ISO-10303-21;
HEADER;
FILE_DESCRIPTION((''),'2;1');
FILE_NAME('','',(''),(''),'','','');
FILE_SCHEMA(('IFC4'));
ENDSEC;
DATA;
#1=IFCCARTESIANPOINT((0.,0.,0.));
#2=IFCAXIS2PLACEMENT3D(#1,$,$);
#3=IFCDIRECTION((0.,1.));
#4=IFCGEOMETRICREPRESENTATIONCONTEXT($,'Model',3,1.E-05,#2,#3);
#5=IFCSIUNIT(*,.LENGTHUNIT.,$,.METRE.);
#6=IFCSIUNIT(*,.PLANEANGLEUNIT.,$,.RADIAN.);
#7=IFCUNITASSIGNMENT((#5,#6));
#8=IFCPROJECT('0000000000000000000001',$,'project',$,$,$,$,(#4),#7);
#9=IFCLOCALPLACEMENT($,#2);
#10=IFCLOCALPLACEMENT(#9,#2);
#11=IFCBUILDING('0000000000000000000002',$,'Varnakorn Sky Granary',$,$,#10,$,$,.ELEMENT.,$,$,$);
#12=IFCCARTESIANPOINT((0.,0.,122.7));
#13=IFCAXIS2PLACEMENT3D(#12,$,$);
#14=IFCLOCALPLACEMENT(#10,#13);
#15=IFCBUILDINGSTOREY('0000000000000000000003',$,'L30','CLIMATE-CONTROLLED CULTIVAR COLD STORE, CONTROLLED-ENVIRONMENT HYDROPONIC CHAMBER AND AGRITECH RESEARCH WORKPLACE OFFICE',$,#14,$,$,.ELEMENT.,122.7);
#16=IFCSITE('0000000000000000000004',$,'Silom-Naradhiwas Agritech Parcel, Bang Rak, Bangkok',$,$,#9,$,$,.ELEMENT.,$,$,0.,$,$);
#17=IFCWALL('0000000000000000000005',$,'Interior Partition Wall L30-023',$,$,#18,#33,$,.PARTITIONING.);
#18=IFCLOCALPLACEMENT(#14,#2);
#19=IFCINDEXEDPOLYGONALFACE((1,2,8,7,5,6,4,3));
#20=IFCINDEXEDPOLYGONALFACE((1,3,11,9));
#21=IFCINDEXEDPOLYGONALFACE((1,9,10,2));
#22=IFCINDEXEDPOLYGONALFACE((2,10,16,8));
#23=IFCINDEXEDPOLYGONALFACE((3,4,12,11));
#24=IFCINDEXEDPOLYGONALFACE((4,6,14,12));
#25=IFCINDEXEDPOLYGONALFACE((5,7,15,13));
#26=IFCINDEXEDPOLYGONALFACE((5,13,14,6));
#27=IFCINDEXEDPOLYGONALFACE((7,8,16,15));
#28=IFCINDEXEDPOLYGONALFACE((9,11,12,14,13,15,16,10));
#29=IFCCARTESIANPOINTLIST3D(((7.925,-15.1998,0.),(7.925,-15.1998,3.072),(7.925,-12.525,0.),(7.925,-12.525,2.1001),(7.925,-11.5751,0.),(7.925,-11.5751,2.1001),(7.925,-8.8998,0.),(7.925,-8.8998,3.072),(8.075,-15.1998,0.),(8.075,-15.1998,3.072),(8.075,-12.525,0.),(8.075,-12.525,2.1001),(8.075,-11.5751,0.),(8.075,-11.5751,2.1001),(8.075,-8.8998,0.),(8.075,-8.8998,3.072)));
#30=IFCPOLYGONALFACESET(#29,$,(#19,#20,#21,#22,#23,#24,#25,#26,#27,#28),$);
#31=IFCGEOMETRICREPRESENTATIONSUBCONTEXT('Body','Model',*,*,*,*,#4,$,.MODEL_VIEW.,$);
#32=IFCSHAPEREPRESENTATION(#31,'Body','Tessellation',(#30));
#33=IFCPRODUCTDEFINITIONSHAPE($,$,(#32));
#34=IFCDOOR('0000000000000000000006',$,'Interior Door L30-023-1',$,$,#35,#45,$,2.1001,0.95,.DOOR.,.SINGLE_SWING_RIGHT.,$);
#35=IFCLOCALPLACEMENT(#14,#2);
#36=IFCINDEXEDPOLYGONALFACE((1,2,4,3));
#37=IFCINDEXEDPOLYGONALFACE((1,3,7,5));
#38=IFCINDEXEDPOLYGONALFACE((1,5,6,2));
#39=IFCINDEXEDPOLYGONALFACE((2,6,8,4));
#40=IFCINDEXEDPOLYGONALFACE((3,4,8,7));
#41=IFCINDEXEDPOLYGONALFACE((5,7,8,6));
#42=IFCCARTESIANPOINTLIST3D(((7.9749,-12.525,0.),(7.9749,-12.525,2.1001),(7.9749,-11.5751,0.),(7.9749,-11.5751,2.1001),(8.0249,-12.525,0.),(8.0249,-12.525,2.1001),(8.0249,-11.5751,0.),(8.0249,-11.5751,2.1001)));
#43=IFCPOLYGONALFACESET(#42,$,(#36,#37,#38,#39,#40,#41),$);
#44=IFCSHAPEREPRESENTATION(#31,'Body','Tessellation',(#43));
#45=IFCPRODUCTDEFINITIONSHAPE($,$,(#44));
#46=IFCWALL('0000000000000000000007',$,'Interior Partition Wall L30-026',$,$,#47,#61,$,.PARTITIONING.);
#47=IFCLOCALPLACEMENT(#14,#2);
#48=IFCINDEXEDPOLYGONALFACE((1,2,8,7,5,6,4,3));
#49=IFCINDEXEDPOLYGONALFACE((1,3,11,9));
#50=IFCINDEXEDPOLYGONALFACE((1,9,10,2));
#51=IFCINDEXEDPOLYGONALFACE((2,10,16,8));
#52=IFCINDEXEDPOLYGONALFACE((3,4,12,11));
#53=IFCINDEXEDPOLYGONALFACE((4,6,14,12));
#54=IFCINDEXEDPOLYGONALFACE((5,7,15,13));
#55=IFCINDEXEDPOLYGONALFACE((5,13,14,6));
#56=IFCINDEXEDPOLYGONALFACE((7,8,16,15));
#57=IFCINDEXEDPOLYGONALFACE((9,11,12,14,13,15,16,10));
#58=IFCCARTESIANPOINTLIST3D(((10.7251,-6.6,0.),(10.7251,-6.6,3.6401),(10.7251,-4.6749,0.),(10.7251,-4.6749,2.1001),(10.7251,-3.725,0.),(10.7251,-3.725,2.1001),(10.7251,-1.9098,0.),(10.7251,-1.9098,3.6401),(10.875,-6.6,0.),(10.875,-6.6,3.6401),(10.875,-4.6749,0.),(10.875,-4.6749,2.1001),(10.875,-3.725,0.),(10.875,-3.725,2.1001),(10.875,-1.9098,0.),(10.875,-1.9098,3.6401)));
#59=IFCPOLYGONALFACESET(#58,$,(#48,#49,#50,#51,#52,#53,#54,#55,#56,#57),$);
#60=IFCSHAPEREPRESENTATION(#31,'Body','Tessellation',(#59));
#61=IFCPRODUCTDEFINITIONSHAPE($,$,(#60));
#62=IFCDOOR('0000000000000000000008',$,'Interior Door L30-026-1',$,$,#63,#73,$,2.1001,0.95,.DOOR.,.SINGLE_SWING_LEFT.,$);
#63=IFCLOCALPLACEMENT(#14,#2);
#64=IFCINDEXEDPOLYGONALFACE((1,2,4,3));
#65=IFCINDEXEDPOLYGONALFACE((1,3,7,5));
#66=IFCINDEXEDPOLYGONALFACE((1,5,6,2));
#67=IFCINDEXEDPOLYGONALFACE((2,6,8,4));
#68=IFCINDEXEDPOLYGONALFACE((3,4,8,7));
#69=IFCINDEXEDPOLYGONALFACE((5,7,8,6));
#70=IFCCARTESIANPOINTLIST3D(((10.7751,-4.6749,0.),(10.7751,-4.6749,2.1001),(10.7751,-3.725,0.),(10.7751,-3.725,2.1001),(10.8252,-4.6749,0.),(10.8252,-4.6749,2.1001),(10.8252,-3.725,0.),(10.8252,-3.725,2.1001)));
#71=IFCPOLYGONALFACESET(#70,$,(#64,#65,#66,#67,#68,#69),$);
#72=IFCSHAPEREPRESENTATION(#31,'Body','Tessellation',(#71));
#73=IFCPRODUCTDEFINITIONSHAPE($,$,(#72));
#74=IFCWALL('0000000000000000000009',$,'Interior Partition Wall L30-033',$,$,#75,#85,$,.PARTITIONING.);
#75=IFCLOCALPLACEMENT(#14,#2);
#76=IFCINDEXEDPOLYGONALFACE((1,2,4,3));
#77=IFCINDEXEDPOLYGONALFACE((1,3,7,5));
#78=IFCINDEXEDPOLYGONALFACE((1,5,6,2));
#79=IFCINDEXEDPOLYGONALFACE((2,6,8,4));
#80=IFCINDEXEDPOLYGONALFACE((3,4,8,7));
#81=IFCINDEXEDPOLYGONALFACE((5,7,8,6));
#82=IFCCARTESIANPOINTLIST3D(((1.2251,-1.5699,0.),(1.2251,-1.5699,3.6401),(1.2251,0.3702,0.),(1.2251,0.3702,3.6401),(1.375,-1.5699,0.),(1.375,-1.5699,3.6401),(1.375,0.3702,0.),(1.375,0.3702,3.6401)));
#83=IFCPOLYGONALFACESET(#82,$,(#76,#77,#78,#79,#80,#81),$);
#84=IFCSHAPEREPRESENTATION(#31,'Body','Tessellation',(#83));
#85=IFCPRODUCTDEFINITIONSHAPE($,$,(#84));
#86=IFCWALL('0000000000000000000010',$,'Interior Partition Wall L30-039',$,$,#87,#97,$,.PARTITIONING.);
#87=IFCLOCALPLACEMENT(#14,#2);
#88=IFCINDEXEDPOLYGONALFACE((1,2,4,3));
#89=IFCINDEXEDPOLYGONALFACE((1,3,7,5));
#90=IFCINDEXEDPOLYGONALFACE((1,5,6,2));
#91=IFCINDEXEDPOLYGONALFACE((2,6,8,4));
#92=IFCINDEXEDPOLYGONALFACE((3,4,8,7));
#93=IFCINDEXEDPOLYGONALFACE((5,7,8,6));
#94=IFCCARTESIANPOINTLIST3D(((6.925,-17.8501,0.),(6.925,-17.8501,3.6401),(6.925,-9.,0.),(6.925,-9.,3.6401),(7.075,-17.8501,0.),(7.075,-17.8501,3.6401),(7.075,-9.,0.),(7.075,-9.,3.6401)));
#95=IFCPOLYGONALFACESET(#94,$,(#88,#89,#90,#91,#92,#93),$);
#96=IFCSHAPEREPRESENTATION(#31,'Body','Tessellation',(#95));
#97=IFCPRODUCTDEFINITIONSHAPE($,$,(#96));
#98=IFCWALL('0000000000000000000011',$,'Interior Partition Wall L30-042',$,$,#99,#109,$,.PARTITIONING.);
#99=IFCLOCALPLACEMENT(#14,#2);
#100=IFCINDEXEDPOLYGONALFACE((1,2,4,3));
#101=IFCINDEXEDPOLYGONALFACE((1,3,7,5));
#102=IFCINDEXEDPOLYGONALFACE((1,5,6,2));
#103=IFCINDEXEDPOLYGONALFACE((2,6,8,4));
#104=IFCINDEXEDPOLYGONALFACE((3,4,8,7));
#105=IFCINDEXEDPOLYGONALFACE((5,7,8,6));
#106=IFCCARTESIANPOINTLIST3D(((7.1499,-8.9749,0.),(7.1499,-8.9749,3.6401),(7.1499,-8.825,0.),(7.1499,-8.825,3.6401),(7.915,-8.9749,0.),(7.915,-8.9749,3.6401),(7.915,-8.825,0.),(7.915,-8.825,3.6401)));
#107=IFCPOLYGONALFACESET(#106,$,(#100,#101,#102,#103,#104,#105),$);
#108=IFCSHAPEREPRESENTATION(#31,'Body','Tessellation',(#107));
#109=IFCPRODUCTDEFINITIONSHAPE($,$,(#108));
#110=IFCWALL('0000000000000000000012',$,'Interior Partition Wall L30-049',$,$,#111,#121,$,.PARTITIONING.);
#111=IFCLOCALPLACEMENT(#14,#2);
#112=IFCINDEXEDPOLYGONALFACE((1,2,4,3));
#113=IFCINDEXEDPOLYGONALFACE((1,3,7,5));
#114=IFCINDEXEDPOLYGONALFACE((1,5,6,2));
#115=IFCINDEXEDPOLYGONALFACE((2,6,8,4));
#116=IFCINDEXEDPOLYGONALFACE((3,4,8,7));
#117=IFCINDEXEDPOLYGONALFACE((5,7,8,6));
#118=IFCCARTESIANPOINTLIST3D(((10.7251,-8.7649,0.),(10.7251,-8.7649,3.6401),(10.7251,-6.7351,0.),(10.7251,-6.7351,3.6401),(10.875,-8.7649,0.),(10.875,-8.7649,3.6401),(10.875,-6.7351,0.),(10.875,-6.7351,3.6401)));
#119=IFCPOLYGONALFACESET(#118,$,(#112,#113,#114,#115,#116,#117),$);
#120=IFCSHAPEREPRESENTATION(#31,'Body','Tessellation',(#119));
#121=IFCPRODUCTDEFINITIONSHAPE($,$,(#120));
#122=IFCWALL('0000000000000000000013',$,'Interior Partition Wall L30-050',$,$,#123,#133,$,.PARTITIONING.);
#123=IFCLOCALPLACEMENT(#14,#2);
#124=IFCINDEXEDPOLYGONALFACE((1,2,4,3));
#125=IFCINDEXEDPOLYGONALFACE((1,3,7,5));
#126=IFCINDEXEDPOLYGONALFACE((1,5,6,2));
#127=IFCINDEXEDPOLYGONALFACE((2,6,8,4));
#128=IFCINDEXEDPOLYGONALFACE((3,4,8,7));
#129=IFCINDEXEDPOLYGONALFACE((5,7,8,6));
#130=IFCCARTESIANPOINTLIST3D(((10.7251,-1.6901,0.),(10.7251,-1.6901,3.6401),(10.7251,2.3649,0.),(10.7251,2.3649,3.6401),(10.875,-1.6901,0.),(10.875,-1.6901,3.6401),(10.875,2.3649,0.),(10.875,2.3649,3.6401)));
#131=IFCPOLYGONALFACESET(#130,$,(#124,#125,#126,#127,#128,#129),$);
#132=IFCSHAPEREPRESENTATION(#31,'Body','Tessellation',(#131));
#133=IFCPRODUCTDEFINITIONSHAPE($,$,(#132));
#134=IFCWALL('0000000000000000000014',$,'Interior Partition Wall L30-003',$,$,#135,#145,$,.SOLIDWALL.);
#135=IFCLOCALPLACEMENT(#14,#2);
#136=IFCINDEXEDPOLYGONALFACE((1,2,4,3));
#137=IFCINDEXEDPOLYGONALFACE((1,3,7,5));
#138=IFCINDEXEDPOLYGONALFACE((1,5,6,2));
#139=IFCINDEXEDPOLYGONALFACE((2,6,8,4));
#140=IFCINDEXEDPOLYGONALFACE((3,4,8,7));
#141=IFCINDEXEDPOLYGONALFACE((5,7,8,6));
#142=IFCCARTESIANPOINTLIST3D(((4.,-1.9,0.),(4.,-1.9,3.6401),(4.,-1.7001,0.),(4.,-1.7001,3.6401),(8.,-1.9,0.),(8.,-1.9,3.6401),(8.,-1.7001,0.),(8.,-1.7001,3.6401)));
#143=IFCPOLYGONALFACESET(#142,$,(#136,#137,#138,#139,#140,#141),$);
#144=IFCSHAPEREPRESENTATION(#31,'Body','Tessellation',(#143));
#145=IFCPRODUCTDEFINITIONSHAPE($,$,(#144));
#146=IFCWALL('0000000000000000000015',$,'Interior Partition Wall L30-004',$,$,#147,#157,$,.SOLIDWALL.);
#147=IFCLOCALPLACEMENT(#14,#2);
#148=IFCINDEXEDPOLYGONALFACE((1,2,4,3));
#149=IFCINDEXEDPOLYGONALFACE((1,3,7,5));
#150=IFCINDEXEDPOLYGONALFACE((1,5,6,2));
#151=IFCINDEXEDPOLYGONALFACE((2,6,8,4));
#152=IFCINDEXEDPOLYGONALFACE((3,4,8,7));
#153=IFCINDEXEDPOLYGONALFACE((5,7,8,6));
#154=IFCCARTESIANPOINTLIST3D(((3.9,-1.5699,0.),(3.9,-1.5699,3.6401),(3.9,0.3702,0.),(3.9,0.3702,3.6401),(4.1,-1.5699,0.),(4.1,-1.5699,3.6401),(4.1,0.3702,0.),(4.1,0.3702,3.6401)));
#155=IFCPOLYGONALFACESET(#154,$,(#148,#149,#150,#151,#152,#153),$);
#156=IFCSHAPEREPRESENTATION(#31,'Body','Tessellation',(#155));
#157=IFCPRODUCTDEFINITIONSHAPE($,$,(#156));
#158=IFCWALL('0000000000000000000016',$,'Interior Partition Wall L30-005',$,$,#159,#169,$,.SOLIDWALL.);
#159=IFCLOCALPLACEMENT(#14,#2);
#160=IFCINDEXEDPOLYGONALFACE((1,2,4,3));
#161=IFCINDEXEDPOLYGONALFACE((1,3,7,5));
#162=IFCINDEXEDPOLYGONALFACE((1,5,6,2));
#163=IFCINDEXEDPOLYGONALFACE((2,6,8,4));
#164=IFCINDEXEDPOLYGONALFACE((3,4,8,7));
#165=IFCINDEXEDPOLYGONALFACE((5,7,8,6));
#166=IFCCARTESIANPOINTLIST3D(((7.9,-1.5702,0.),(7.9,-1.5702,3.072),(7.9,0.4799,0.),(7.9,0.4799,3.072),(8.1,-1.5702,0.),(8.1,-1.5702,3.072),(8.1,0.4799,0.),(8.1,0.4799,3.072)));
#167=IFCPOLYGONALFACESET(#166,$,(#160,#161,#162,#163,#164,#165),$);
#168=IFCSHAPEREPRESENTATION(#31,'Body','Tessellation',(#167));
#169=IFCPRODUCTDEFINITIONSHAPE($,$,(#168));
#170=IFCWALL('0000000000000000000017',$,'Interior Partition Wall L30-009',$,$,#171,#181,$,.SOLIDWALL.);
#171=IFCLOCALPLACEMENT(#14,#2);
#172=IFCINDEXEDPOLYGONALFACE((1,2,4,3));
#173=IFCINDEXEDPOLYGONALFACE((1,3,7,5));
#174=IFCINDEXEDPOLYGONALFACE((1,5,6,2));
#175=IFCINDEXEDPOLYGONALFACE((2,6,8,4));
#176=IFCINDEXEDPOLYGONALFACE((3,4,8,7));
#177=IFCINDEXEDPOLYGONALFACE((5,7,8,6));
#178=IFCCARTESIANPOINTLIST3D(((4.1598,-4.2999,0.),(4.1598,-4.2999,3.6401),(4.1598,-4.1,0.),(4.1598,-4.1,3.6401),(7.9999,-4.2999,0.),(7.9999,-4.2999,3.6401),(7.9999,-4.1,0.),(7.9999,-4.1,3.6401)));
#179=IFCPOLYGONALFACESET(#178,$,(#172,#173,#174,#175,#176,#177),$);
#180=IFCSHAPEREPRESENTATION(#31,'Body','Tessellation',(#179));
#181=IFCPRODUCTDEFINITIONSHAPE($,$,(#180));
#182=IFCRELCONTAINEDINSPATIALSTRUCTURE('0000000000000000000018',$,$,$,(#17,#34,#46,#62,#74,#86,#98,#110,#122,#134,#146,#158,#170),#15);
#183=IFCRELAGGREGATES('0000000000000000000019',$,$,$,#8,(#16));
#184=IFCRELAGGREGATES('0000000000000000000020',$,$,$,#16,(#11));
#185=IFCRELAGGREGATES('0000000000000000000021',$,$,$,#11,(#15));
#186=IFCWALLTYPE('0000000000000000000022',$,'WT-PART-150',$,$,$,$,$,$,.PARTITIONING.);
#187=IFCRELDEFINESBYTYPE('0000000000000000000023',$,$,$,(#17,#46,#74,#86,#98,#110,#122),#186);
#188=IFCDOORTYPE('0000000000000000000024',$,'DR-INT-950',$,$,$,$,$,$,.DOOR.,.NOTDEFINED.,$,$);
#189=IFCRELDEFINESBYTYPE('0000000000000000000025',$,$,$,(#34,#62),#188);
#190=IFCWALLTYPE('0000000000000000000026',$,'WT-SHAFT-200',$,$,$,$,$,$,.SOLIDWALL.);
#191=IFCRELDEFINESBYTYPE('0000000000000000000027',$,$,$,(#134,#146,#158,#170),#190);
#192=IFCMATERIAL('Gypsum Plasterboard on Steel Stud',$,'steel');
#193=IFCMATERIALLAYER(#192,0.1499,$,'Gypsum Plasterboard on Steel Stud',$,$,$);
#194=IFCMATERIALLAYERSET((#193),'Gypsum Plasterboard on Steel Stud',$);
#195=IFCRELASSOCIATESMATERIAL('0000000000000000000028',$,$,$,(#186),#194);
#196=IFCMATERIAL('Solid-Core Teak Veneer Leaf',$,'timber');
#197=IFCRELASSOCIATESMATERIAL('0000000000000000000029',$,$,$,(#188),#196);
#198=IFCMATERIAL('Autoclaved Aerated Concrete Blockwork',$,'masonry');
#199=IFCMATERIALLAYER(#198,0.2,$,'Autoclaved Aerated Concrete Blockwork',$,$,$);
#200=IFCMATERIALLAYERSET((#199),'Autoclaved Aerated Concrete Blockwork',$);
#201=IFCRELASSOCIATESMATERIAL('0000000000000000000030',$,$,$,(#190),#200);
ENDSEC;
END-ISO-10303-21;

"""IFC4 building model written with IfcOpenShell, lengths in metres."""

from ifc_helpers import new_model, si_unit, direction, frame, frame_2d, origin, place, context, subcontext, project, spatial, rectangle, extrude, material, layer, layer_set, type_object, element, fill, save


model = new_model("IFC4")

# Units and contexts
model_context = context("Model", 3, precision=1e-05, world=origin(), true_north=direction((0.0, 1.0)))
body_context = subcontext(model_context, "Body", "Model", "MODEL_VIEW")
ifc_project = project(units=[si_unit("LENGTHUNIT", "METRE"), si_unit("PLANEANGLEUNIT", "RADIAN")], contexts=[model_context])

# Site, building, storey
site_placement = place(None, origin())
site = spatial("IfcSite", under=ifc_project, at=site_placement, Name="Silom-Naradhiwas Agritech Parcel, Bang Rak, Bangkok", CompositionType="ELEMENT", RefElevation=0.0)
building_placement = place(site_placement, origin())
building = spatial("IfcBuilding", under=site, at=building_placement, Name="Varnakorn Sky Granary", CompositionType="ELEMENT")
storey_placement = place(building_placement, frame((0.0, 0.0, 122.7)))
storey = spatial("IfcBuildingStorey", under=building, at=storey_placement, Name="L30", Description="CLIMATE-CONTROLLED CULTIVAR COLD STORE, CONTROLLED-ENVIRONMENT HYDROPONIC CHAMBER AND AGRITECH RESEARCH WORKPLACE OFFICE", CompositionType="ELEMENT", Elevation=122.7)

# Walls, openings, doors
ifc_material_1 = material(Name="Autoclaved Aerated Concrete Blockwork", Category="masonry")
ifc_material_2 = material(Name="Gypsum Plasterboard on Steel Stud", Category="steel")
ifc_layer_1 = layer(ifc_material_2, 0.1499, Name="Gypsum Plasterboard on Steel Stud")
ifc_layer_set_1 = layer_set([ifc_layer_1], Name="Gypsum Plasterboard on Steel Stud")
wall_type_1 = type_object("IfcWallType", Name="WT-PART-150", PredefinedType="PARTITIONING", material=ifc_layer_set_1)
wall_1_placement = place(storey_placement, frame((8.0, -8.8999, 0.0), z_axis=(0.0, 0.0, 1.0), x_axis=(0.0, -1.0, 0.0)))
wall_1 = element("IfcWall", 1, at=wall_1_placement, inside=storey, type_object=wall_type_1, Name="Interior Partition Wall L30-023", PredefinedType="PARTITIONING", context=body_context, shape_type="SweptSolid", body=[
    extrude(rectangle(XDim=6.3, YDim=0.1499, at=frame_2d((3.1499, 0.0))), origin(), (0.0, 0.0, 1.0), 3.072),
])
opening_1_placement = place(wall_1_placement, frame((2.675, 0.0, 0.0)))
opening_1 = element("IfcOpeningElement", 2, at=opening_1_placement, cuts=wall_1, PredefinedType="OPENING", context=body_context, shape_type="SweptSolid", body=[
    extrude(rectangle(XDim=0.95, YDim=2.1001, at=frame_2d((0.4751, 1.05))), frame((0.0, 0.085, 0.0), z_axis=(0.0, -1.0, 0.0), x_axis=(1.0, 0.0, 0.0)), (0.0, 0.0, 1.0), 0.1699),
])
ifc_material_3 = material(Name="Solid-Core Teak Veneer Leaf", Category="timber")
door_type_1 = type_object("IfcDoorType", Name="DR-INT-950", OperationType="NOTDEFINED", PredefinedType="DOOR", material=ifc_material_3)
door_1_placement = place(opening_1_placement, origin())
door_1 = element("IfcDoor", 3, at=door_1_placement, inside=storey, type_object=door_type_1, Name="Interior Door L30-023-1", OperationType="SINGLE_SWING_RIGHT", OverallHeight=2.1001, OverallWidth=0.95, PredefinedType="DOOR", context=body_context, shape_type="SweptSolid", body=[
    extrude(rectangle(XDim=0.95, YDim=2.1001, at=frame_2d((0.4751, 1.05))), frame((0.0, 0.0249, 0.0), z_axis=(0.0, -1.0, 0.0), x_axis=(1.0, 0.0, 0.0)), (0.0, 0.0, 1.0), 0.05),
])
fill(opening_1, door_1)
wall_2_placement = place(storey_placement, frame((10.8, -6.6001, 0.0), z_axis=(0.0, 0.0, 1.0), x_axis=(0.0, 1.0, 0.0)))
wall_2 = element("IfcWall", 4, at=wall_2_placement, inside=storey, type_object=wall_type_1, Name="Interior Partition Wall L30-026", PredefinedType="PARTITIONING", context=body_context, shape_type="SweptSolid", body=[
    extrude(rectangle(XDim=4.6902, YDim=0.1499, at=frame_2d((2.3452, 0.0))), origin(), (0.0, 0.0, 1.0), 3.6401),
])
opening_2_placement = place(wall_2_placement, frame((1.925, 0.0, 0.0)))
opening_2 = element("IfcOpeningElement", 5, at=opening_2_placement, cuts=wall_2, PredefinedType="OPENING", context=body_context, shape_type="SweptSolid", body=[
    extrude(rectangle(XDim=0.95, YDim=2.1001, at=frame_2d((0.4751, 1.05))), frame((0.0, 0.085, 0.0), z_axis=(0.0, -1.0, 0.0), x_axis=(1.0, 0.0, 0.0)), (0.0, 0.0, 1.0), 0.1699),
])
door_2_placement = place(opening_2_placement, origin())
door_2 = element("IfcDoor", 6, at=door_2_placement, inside=storey, type_object=door_type_1, Name="Interior Door L30-026-1", OperationType="SINGLE_SWING_LEFT", OverallHeight=2.1001, OverallWidth=0.95, PredefinedType="DOOR", context=body_context, shape_type="SweptSolid", body=[
    extrude(rectangle(XDim=0.95, YDim=2.1001, at=frame_2d((0.4751, 1.05))), frame((0.0, 0.0249, 0.0), z_axis=(0.0, -1.0, 0.0), x_axis=(1.0, 0.0, 0.0)), (0.0, 0.0, 1.0), 0.05),
])
fill(opening_2, door_2)

# Walls
wall_3_placement = place(storey_placement, frame((1.3, -1.5701, 0.0), z_axis=(0.0, 0.0, 1.0), x_axis=(0.0, 1.0, 0.0)))
element("IfcWall", 7, at=wall_3_placement, inside=storey, type_object=wall_type_1, Name="Interior Partition Wall L30-033", PredefinedType="PARTITIONING", context=body_context, shape_type="SweptSolid", body=[
    extrude(rectangle(XDim=1.9402, YDim=0.1499, at=frame_2d((0.9702, 0.0))), origin(), (0.0, 0.0, 1.0), 3.6401),
])
wall_4_placement = place(storey_placement, frame((7.0, -9.0, 0.0), z_axis=(0.0, 0.0, 1.0), x_axis=(0.0, -1.0, 0.0)))
element("IfcWall", 8, at=wall_4_placement, inside=storey, type_object=wall_type_1, Name="Interior Partition Wall L30-039", PredefinedType="PARTITIONING", context=body_context, shape_type="SweptSolid", body=[
    extrude(rectangle(XDim=8.8501, YDim=0.1499, at=frame_2d((4.425, 0.0))), origin(), (0.0, 0.0, 1.0), 3.6401),
])
wall_5_placement = place(storey_placement, frame((7.1499, -8.8999, 0.0), z_axis=(0.0, 0.0, 1.0), x_axis=(1.0, 0.0, 0.0)))
element("IfcWall", 9, at=wall_5_placement, inside=storey, type_object=wall_type_1, Name="Interior Partition Wall L30-042", PredefinedType="PARTITIONING", context=body_context, shape_type="SweptSolid", body=[
    extrude(rectangle(XDim=0.7651, YDim=0.1499, at=frame_2d((0.3826, 0.0))), origin(), (0.0, 0.0, 1.0), 3.6401),
])
wall_6_placement = place(storey_placement, frame((10.8, -8.7649, 0.0), z_axis=(0.0, 0.0, 1.0), x_axis=(0.0, 1.0, 0.0)))
element("IfcWall", 10, at=wall_6_placement, inside=storey, type_object=wall_type_1, Name="Interior Partition Wall L30-049", PredefinedType="PARTITIONING", context=body_context, shape_type="SweptSolid", body=[
    extrude(rectangle(XDim=2.0298, YDim=0.1499, at=frame_2d((1.0149, 0.0))), origin(), (0.0, 0.0, 1.0), 3.6401),
])
wall_7_placement = place(storey_placement, frame((10.8, -1.6899, 0.0), z_axis=(0.0, 0.0, 1.0), x_axis=(0.0, 1.0, 0.0)))
element("IfcWall", 11, at=wall_7_placement, inside=storey, type_object=wall_type_1, Name="Interior Partition Wall L30-050", PredefinedType="PARTITIONING", context=body_context, shape_type="SweptSolid", body=[
    extrude(rectangle(XDim=4.0549, YDim=0.1499, at=frame_2d((2.0273, 0.0))), origin(), (0.0, 0.0, 1.0), 3.6401),
])
ifc_layer_2 = layer(ifc_material_1, 0.2, Name="Autoclaved Aerated Concrete Blockwork")
ifc_layer_set_2 = layer_set([ifc_layer_2], Name="Autoclaved Aerated Concrete Blockwork")
wall_type_2 = type_object("IfcWallType", Name="WT-SHAFT-200", PredefinedType="SOLIDWALL", material=ifc_layer_set_2)
wall_8_placement = place(storey_placement, frame((4.0, -1.8, 0.0), z_axis=(0.0, 0.0, 1.0), x_axis=(1.0, 0.0, 0.0)))
element("IfcWall", 12, at=wall_8_placement, inside=storey, type_object=wall_type_2, Name="Interior Partition Wall L30-003", PredefinedType="SOLIDWALL", context=body_context, shape_type="SweptSolid", body=[
    extrude(rectangle(XDim=4.0, YDim=0.2, at=frame_2d((2.0, 0.0))), origin(), (0.0, 0.0, 1.0), 3.6401),
])
wall_9_placement = place(storey_placement, frame((4.0, -1.5701, 0.0), z_axis=(0.0, 0.0, 1.0), x_axis=(0.0, 1.0, 0.0)))
element("IfcWall", 13, at=wall_9_placement, inside=storey, type_object=wall_type_2, Name="Interior Partition Wall L30-004", PredefinedType="SOLIDWALL", context=body_context, shape_type="SweptSolid", body=[
    extrude(rectangle(XDim=1.9402, YDim=0.2, at=frame_2d((0.9702, 0.0))), origin(), (0.0, 0.0, 1.0), 3.6401),
])
wall_10_placement = place(storey_placement, frame((8.0, -1.5701, 0.0), z_axis=(0.0, 0.0, 1.0), x_axis=(0.0, 1.0, 0.0)))
element("IfcWall", 14, at=wall_10_placement, inside=storey, type_object=wall_type_2, Name="Interior Partition Wall L30-005", PredefinedType="SOLIDWALL", context=body_context, shape_type="SweptSolid", body=[
    extrude(rectangle(XDim=2.05, YDim=0.2, at=frame_2d((1.0249, 0.0))), origin(), (0.0, 0.0, 1.0), 3.072),
])
wall_11_placement = place(storey_placement, frame((4.1599, -4.2, 0.0), z_axis=(0.0, 0.0, 1.0), x_axis=(1.0, 0.0, 0.0)))
element("IfcWall", 15, at=wall_11_placement, inside=storey, type_object=wall_type_2, Name="Interior Partition Wall L30-009", PredefinedType="SOLIDWALL", context=body_context, shape_type="SweptSolid", body=[
    extrude(rectangle(XDim=3.8401, YDim=0.2, at=frame_2d((1.9199, 0.0))), origin(), (0.0, 0.0, 1.0), 3.6401),
])

save(model, "model.ifc")
